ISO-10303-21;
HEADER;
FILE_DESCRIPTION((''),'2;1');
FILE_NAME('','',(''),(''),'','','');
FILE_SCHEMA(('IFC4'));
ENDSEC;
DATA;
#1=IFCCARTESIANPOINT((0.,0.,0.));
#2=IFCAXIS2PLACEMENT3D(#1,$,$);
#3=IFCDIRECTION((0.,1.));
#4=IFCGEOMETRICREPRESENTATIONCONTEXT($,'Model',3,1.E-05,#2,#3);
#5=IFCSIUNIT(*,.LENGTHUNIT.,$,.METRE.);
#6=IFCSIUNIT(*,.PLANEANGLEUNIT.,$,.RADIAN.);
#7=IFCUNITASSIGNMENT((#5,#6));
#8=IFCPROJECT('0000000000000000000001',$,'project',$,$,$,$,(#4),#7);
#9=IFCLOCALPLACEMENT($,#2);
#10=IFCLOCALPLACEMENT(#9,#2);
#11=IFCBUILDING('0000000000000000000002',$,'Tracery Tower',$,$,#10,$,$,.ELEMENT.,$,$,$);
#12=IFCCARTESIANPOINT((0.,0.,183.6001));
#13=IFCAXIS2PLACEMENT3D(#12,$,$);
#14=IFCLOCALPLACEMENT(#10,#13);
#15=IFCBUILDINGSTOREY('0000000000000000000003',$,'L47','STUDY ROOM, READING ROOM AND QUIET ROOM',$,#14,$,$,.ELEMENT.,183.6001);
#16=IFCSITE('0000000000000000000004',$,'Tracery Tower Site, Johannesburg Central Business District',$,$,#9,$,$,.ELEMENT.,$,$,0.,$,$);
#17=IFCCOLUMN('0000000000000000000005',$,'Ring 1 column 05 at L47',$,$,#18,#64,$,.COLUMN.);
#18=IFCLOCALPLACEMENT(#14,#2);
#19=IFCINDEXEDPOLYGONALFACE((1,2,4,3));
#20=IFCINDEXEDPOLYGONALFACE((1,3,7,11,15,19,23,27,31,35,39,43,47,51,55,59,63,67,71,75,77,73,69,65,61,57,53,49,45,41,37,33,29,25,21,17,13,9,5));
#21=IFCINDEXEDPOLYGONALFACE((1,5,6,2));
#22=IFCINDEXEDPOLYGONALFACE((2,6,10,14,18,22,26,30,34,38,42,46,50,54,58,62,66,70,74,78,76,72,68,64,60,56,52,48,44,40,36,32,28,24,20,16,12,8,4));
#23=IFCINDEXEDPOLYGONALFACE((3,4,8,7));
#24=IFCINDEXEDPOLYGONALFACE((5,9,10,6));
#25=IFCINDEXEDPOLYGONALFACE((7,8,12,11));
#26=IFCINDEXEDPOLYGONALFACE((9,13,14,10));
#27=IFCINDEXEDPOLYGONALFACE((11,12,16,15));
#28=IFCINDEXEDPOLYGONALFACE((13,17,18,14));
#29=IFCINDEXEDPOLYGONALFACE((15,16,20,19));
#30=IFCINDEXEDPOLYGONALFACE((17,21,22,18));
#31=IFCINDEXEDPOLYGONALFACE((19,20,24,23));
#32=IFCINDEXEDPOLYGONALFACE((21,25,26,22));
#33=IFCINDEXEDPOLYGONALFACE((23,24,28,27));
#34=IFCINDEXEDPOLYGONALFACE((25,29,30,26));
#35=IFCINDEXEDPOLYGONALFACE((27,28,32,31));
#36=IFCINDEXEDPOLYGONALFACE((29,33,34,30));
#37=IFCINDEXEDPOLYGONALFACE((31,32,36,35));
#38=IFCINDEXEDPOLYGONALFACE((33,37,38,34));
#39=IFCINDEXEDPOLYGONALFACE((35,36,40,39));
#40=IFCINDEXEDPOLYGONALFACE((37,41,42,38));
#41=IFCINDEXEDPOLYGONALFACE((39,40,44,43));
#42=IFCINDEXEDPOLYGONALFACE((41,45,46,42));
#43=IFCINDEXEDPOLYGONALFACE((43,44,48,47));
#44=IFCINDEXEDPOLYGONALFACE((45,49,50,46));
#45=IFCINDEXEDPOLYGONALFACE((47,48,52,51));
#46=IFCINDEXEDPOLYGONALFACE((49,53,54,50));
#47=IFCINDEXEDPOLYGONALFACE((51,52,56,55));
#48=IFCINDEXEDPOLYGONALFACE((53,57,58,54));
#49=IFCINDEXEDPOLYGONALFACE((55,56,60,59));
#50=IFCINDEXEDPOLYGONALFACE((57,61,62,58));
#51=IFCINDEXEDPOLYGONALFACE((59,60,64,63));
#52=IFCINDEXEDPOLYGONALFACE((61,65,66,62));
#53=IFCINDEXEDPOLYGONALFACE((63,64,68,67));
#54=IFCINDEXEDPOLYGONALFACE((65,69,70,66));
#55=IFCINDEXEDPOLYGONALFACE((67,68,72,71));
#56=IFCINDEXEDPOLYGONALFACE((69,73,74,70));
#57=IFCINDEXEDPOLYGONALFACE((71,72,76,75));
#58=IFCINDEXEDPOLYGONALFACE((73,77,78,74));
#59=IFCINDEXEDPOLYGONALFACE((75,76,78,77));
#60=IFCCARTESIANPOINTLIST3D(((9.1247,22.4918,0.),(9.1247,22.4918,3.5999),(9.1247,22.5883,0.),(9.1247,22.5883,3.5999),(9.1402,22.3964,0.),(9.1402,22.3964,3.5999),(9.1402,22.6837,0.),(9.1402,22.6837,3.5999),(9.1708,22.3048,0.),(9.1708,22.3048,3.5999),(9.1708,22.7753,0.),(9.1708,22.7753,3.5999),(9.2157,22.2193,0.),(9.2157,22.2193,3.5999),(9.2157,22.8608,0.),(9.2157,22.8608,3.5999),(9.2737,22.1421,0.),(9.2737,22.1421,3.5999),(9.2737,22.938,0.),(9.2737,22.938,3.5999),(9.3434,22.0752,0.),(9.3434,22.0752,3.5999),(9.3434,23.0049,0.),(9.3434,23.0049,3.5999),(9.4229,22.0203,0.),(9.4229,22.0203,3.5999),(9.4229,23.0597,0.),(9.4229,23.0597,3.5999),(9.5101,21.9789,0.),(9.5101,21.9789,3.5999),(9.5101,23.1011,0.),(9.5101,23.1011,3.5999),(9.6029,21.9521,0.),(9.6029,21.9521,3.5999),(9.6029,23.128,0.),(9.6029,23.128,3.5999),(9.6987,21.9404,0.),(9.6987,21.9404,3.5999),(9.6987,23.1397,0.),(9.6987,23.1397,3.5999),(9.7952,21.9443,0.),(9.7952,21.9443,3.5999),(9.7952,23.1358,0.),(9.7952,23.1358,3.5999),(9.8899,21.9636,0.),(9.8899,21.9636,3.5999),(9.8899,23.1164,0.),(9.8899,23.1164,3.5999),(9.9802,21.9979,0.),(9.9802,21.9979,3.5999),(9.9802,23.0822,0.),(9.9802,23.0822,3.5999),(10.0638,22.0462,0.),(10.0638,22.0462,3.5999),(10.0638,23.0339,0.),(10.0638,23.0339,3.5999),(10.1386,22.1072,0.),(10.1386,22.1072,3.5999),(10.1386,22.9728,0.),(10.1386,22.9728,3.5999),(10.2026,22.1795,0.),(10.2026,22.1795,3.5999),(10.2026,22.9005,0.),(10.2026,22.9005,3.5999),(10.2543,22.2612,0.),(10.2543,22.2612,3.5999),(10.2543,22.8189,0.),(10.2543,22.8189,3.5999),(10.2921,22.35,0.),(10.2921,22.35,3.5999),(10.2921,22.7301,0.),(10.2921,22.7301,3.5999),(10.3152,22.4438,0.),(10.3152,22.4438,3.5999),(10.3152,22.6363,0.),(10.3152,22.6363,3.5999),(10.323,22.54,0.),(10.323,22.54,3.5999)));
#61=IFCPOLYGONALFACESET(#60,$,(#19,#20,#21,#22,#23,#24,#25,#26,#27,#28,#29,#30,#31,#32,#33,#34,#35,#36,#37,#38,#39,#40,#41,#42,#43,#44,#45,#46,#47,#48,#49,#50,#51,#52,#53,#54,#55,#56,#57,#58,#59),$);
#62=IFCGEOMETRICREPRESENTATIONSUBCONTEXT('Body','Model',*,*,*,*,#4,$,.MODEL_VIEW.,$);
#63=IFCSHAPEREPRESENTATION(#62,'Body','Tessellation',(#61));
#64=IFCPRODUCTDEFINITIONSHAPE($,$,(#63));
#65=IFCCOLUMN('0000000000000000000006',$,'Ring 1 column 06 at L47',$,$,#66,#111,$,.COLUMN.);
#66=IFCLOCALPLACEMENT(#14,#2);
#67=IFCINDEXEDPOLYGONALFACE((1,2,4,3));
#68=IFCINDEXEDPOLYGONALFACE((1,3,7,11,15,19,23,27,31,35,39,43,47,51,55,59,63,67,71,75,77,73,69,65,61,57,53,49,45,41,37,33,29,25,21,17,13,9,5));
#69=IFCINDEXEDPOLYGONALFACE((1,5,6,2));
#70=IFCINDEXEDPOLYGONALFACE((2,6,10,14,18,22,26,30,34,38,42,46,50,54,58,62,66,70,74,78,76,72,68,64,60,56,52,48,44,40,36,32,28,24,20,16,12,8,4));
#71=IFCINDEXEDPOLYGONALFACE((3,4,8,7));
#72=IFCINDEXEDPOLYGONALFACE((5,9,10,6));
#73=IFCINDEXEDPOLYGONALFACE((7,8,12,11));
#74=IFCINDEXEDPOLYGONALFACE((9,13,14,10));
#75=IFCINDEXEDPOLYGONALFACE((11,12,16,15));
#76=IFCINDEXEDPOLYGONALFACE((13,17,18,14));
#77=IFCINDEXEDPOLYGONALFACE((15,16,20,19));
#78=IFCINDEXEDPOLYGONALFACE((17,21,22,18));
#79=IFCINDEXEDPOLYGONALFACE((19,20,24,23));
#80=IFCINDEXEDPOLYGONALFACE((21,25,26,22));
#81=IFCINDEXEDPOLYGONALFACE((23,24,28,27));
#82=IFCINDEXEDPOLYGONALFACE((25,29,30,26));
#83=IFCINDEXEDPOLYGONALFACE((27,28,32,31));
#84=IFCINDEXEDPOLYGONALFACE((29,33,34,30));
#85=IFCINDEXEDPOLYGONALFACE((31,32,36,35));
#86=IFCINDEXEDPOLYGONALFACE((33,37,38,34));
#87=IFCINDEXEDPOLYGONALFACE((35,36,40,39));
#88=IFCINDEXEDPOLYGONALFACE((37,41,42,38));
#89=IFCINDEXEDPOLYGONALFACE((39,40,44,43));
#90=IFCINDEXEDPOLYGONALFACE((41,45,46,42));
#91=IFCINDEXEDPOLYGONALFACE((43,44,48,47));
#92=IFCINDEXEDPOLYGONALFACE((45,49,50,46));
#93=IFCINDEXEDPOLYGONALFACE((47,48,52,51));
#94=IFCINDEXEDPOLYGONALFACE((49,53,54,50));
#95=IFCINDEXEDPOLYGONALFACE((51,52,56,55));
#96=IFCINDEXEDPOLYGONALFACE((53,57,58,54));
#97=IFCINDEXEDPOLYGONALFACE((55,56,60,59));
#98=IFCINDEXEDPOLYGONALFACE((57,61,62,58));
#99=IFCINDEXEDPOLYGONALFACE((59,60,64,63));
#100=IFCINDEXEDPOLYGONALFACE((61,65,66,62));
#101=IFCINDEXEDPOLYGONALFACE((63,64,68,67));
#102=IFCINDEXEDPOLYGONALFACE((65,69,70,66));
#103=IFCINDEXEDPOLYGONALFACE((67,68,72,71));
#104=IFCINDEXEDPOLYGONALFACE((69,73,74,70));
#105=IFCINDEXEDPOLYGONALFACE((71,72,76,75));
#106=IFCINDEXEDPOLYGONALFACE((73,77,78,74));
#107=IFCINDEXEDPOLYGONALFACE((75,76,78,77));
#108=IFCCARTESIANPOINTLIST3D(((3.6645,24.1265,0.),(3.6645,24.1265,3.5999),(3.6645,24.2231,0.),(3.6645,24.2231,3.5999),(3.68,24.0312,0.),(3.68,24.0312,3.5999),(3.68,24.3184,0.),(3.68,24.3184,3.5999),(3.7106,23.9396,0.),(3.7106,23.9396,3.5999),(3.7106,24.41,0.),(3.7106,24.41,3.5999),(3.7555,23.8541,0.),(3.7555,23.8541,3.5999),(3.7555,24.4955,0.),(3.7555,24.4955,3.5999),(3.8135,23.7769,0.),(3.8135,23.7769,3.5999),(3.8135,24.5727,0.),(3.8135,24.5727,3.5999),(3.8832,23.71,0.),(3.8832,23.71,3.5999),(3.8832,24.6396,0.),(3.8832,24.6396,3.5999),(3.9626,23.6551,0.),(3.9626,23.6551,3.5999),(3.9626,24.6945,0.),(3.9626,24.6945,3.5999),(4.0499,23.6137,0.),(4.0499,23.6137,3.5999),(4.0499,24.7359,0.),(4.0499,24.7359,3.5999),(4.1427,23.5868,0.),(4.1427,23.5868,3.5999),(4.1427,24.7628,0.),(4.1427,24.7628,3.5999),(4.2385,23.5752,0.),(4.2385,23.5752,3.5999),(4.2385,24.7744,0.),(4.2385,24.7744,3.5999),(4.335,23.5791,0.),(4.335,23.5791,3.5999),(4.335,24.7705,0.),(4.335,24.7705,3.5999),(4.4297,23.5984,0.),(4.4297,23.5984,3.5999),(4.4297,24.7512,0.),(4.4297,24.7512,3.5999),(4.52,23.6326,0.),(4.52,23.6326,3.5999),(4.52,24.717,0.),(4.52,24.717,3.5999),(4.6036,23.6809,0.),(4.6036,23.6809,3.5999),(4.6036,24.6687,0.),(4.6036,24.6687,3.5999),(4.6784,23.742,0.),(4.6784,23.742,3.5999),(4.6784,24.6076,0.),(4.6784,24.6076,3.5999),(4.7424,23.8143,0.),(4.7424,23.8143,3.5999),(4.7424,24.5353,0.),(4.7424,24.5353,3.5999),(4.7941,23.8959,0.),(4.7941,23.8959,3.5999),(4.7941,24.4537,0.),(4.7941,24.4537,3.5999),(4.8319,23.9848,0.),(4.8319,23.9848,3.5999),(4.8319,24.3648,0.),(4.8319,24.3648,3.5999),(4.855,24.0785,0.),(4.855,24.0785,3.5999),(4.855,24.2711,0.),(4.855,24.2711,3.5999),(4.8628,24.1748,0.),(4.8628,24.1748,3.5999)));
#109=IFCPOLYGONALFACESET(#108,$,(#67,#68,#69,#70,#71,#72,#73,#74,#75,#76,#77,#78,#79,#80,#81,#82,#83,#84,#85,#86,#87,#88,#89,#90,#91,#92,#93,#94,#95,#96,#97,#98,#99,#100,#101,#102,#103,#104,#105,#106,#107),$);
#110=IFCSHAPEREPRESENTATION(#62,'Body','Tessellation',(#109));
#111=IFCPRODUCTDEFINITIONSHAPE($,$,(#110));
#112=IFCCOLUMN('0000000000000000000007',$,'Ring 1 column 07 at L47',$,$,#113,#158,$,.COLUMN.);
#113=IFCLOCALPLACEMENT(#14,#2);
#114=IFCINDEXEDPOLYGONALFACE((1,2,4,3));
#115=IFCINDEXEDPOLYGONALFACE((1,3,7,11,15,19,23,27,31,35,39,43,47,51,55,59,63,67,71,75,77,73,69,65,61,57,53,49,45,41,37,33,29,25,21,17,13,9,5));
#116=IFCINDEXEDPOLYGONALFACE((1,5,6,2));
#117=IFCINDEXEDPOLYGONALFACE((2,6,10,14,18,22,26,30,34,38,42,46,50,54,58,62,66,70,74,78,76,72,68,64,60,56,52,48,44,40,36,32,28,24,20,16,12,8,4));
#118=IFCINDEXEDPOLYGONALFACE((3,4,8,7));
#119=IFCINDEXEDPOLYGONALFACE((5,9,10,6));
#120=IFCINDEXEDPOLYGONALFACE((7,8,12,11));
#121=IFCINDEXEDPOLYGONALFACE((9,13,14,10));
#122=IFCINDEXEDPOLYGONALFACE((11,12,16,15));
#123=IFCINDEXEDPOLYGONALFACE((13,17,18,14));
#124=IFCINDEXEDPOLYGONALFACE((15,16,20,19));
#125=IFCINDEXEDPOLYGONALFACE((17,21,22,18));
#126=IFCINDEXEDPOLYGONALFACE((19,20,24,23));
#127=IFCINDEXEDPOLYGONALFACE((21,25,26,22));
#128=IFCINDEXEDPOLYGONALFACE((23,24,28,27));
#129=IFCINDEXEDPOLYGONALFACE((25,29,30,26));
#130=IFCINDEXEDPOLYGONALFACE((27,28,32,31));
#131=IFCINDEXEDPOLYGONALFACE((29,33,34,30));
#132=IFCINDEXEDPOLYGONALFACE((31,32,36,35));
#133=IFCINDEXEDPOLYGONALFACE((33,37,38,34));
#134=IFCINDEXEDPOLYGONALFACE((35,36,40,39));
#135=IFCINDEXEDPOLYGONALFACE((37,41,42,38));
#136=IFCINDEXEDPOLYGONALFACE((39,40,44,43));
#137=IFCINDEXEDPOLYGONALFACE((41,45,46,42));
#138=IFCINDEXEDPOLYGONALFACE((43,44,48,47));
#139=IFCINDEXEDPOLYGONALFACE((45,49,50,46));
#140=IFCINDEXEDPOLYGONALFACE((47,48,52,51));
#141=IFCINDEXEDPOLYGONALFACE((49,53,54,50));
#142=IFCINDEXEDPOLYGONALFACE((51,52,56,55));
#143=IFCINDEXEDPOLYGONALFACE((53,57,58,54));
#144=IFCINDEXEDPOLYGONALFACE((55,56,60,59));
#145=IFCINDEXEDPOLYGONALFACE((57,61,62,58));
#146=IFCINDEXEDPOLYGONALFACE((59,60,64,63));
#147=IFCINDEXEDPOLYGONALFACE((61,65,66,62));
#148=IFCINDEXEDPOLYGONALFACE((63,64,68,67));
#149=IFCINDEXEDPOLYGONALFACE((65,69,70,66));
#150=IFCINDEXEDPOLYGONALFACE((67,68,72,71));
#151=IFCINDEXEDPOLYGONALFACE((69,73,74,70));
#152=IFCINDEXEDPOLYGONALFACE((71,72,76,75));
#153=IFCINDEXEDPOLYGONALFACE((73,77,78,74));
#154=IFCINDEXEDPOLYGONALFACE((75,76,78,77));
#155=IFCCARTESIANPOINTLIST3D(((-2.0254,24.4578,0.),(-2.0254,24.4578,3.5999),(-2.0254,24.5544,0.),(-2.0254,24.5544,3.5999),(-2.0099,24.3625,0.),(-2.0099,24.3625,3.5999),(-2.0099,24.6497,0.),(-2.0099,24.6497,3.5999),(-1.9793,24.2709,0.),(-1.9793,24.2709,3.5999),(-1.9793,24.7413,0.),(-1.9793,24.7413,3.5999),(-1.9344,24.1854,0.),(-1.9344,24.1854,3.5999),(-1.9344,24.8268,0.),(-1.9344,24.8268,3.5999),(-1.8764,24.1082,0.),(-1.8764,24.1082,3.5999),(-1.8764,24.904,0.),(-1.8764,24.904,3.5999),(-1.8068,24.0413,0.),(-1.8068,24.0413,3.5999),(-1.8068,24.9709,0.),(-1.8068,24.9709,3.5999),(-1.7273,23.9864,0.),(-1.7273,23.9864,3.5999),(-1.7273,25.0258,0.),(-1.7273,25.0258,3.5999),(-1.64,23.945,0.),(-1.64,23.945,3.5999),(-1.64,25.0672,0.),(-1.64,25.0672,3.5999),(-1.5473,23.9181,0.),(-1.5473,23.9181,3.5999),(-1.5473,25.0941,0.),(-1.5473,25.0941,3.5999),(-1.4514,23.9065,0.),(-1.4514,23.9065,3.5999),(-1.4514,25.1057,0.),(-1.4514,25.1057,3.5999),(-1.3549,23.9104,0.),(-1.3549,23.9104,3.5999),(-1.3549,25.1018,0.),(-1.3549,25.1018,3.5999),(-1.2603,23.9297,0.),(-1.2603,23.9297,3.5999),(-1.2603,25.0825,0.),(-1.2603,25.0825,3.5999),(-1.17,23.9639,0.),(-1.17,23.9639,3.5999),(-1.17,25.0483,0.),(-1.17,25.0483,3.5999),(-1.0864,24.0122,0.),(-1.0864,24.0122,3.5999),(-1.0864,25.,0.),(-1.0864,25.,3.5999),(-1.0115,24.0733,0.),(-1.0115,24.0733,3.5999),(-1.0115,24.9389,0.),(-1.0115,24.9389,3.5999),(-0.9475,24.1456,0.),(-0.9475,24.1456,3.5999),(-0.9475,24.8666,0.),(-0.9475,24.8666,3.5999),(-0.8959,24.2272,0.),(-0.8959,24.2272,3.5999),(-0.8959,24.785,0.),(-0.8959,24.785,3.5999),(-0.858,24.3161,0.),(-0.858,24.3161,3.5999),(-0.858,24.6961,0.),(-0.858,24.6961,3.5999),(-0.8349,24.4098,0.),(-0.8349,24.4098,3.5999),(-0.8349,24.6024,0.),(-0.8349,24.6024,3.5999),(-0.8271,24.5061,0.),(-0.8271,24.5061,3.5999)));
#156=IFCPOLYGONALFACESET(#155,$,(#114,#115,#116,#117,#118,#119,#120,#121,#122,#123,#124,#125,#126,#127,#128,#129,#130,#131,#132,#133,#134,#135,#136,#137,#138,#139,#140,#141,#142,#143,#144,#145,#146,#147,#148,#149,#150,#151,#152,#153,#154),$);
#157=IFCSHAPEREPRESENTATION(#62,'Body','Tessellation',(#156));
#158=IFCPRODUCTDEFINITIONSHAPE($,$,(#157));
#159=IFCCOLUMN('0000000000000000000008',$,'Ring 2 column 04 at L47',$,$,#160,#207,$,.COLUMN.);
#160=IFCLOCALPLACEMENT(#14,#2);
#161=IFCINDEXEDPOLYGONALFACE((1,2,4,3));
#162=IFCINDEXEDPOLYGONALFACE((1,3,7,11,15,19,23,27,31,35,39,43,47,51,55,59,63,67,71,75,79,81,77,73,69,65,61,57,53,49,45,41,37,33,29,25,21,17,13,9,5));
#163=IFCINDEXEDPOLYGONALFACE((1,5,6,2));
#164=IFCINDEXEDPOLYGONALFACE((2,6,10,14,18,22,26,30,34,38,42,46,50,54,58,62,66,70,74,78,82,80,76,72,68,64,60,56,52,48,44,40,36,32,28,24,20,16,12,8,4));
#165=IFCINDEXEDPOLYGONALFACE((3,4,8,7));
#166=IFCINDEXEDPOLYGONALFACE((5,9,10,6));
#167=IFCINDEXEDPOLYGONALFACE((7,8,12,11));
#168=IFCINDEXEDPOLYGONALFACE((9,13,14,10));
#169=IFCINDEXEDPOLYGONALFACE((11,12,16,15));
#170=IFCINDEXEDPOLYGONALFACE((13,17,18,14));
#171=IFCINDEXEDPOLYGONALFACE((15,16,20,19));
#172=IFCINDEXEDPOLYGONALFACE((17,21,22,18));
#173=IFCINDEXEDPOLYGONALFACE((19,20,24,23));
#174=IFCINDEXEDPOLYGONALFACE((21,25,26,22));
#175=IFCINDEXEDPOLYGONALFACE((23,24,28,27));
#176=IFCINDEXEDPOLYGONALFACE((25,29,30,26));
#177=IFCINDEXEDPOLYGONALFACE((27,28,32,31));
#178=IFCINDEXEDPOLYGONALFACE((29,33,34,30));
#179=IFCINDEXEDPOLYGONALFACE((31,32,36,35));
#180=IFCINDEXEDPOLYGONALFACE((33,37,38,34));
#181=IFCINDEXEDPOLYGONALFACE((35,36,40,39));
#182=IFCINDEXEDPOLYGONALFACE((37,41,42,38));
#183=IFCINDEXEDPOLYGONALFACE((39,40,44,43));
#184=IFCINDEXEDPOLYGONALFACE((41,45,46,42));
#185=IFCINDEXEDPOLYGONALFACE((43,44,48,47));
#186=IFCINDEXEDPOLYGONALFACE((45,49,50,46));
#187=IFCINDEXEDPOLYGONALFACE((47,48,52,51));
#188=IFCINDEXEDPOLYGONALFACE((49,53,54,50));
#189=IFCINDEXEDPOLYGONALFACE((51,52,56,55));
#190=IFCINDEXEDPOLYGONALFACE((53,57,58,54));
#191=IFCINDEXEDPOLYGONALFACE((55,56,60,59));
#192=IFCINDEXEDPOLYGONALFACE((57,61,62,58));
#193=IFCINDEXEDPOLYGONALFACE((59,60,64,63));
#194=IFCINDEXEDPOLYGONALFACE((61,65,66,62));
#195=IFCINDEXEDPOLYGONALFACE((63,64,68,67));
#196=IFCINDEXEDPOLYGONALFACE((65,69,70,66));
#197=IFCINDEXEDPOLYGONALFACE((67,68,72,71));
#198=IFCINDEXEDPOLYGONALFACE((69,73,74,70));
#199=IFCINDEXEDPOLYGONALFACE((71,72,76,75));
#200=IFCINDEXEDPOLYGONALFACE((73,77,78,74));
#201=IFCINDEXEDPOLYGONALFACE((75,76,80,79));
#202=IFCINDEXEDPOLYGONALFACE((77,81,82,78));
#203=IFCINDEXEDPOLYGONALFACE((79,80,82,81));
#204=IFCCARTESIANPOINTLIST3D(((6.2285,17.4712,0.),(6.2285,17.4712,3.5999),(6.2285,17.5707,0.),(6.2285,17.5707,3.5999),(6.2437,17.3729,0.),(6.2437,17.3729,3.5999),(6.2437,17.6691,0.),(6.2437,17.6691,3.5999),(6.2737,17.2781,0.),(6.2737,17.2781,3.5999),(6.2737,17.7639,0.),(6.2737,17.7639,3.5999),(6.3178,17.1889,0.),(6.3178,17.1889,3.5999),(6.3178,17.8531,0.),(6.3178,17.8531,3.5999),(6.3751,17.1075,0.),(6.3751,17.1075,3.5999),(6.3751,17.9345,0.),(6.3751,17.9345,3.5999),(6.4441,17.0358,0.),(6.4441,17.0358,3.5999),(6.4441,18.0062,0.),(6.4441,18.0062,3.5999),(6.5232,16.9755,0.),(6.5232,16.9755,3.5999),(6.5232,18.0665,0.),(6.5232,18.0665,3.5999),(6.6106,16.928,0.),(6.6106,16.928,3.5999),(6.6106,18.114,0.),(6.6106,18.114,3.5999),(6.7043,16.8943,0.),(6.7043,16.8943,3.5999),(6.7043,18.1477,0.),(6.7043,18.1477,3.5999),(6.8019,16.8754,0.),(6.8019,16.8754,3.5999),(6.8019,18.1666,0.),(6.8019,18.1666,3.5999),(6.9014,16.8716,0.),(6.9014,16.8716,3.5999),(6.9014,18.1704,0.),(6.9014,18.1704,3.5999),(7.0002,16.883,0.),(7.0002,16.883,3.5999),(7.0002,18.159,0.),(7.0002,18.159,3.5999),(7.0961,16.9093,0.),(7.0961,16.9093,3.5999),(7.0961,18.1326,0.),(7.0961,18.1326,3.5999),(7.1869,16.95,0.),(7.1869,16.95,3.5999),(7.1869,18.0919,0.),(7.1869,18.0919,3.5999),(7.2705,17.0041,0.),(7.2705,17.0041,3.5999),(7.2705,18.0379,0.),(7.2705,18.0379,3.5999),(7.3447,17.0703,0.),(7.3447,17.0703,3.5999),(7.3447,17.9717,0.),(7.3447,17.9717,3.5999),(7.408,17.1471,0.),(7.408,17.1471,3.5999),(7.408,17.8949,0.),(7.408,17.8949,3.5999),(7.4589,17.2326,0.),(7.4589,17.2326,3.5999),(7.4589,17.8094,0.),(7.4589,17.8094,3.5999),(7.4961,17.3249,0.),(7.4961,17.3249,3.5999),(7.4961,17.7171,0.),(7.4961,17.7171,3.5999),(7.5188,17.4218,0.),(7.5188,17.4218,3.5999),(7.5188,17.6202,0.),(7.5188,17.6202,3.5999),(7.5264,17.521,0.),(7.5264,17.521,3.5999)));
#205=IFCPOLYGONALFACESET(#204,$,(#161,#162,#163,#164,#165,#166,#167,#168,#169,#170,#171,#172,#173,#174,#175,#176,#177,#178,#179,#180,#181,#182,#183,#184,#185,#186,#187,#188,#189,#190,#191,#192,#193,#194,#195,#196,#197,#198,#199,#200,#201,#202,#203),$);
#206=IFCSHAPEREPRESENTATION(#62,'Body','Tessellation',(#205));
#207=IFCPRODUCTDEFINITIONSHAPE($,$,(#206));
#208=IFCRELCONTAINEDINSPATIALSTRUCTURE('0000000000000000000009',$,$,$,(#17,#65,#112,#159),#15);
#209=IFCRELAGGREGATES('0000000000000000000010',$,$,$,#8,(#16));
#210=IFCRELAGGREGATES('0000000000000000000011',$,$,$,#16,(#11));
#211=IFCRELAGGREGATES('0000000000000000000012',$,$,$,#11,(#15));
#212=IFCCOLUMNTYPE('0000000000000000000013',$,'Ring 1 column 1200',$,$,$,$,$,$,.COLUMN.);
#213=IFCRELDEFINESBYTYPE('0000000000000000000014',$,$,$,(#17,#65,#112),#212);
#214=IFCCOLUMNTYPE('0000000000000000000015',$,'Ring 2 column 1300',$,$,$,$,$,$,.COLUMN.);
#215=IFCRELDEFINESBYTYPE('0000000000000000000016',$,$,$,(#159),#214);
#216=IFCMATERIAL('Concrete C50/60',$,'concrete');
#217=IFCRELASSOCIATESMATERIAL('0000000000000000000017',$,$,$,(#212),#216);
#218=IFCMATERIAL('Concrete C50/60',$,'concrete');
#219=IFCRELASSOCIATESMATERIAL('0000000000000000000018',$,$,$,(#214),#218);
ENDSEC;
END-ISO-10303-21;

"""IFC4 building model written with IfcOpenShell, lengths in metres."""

from ifc_helpers import new_model, si_unit, direction, frame, origin, origin_2d, place, context, subcontext, project, spatial, circle, extrude, material, material_profile, profile_set, type_object, element, save


model = new_model("IFC4")

# Units and contexts
model_context = context("Model", 3, precision=1e-05, world=origin(), true_north=direction((0.0, 1.0)))
body_context = subcontext(model_context, "Body", "Model", "MODEL_VIEW")
ifc_project = project(units=[si_unit("LENGTHUNIT", "METRE"), si_unit("PLANEANGLEUNIT", "RADIAN")], contexts=[model_context])

# Site, building, storey
site_placement = place(None, origin())
site = spatial("IfcSite", under=ifc_project, at=site_placement, Name="Tracery Tower Site, Johannesburg Central Business District", CompositionType="ELEMENT", RefElevation=0.0)
building_placement = place(site_placement, origin())
building = spatial("IfcBuilding", under=site, at=building_placement, Name="Tracery Tower", CompositionType="ELEMENT")
storey_placement = place(building_placement, frame((0.0, 0.0, 183.6001)))
storey = spatial("IfcBuildingStorey", under=building, at=storey_placement, Name="L47", Description="STUDY ROOM, READING ROOM AND QUIET ROOM", CompositionType="ELEMENT", Elevation=183.6001)

# Columns
ifc_material_1 = material(Name="Concrete C50/60", Category="concrete")
ifc_material_profile_1 = material_profile(ifc_material_1, circle(Radius=0.6001, at=origin_2d()), Name="RC D1200")
ifc_profile_set_1 = profile_set([ifc_material_profile_1], Name="Concrete C50/60")
column_type_1 = type_object("IfcColumnType", Name="Ring 1 column 1200", PredefinedType="COLUMN", material=ifc_profile_set_1)
for number, where, z_axis, x_axis, name in (
    (1, (9.7229, 22.54, 0.0), (0.0, 0.0, 1.0), (1.0, 0.0, 0.0), "Ring 1 column 05 at L47"),
    (2, (4.2627, 24.1748, 0.0), (0.0, 0.0, 1.0), (1.0, 0.0, 0.0), "Ring 1 column 06 at L47"),
    (3, (-1.4272, 24.5061, 0.0), (0.0, 0.0, 1.0), (1.0, 0.0, 0.0), "Ring 1 column 07 at L47"),
):
    element("IfcColumn", number, at=place(storey_placement, frame(where, z_axis=z_axis, x_axis=x_axis)), inside=storey, type_object=column_type_1, Name=name, PredefinedType="COLUMN", context=body_context, shape_type="SweptSolid", body=[
        extrude(circle(Radius=0.6001, at=origin_2d()), origin(), (0.0, 0.0, 1.0), 3.5999),
    ])
ifc_material_2 = material(Name="Concrete C50/60", Category="concrete")
ifc_material_profile_2 = material_profile(ifc_material_2, circle(Radius=0.6499, at=origin_2d()), Name="RC D1300")
ifc_profile_set_2 = profile_set([ifc_material_profile_2], Name="Concrete C50/60")
column_type_2 = type_object("IfcColumnType", Name="Ring 2 column 1300", PredefinedType="COLUMN", material=ifc_profile_set_2)
for number, where, z_axis, x_axis, name in (
    (4, (6.8765, 17.521, 0.0), (0.0, 0.0, 1.0), (1.0, 0.0, 0.0), "Ring 2 column 04 at L47"),
):
    element("IfcColumn", number, at=place(storey_placement, frame(where, z_axis=z_axis, x_axis=x_axis)), inside=storey, type_object=column_type_2, Name=name, PredefinedType="COLUMN", context=body_context, shape_type="SweptSolid", body=[
        extrude(circle(Radius=0.6499, at=origin_2d()), origin(), (0.0, 0.0, 1.0), 3.5999),
    ])

save(model, "model.ifc")
